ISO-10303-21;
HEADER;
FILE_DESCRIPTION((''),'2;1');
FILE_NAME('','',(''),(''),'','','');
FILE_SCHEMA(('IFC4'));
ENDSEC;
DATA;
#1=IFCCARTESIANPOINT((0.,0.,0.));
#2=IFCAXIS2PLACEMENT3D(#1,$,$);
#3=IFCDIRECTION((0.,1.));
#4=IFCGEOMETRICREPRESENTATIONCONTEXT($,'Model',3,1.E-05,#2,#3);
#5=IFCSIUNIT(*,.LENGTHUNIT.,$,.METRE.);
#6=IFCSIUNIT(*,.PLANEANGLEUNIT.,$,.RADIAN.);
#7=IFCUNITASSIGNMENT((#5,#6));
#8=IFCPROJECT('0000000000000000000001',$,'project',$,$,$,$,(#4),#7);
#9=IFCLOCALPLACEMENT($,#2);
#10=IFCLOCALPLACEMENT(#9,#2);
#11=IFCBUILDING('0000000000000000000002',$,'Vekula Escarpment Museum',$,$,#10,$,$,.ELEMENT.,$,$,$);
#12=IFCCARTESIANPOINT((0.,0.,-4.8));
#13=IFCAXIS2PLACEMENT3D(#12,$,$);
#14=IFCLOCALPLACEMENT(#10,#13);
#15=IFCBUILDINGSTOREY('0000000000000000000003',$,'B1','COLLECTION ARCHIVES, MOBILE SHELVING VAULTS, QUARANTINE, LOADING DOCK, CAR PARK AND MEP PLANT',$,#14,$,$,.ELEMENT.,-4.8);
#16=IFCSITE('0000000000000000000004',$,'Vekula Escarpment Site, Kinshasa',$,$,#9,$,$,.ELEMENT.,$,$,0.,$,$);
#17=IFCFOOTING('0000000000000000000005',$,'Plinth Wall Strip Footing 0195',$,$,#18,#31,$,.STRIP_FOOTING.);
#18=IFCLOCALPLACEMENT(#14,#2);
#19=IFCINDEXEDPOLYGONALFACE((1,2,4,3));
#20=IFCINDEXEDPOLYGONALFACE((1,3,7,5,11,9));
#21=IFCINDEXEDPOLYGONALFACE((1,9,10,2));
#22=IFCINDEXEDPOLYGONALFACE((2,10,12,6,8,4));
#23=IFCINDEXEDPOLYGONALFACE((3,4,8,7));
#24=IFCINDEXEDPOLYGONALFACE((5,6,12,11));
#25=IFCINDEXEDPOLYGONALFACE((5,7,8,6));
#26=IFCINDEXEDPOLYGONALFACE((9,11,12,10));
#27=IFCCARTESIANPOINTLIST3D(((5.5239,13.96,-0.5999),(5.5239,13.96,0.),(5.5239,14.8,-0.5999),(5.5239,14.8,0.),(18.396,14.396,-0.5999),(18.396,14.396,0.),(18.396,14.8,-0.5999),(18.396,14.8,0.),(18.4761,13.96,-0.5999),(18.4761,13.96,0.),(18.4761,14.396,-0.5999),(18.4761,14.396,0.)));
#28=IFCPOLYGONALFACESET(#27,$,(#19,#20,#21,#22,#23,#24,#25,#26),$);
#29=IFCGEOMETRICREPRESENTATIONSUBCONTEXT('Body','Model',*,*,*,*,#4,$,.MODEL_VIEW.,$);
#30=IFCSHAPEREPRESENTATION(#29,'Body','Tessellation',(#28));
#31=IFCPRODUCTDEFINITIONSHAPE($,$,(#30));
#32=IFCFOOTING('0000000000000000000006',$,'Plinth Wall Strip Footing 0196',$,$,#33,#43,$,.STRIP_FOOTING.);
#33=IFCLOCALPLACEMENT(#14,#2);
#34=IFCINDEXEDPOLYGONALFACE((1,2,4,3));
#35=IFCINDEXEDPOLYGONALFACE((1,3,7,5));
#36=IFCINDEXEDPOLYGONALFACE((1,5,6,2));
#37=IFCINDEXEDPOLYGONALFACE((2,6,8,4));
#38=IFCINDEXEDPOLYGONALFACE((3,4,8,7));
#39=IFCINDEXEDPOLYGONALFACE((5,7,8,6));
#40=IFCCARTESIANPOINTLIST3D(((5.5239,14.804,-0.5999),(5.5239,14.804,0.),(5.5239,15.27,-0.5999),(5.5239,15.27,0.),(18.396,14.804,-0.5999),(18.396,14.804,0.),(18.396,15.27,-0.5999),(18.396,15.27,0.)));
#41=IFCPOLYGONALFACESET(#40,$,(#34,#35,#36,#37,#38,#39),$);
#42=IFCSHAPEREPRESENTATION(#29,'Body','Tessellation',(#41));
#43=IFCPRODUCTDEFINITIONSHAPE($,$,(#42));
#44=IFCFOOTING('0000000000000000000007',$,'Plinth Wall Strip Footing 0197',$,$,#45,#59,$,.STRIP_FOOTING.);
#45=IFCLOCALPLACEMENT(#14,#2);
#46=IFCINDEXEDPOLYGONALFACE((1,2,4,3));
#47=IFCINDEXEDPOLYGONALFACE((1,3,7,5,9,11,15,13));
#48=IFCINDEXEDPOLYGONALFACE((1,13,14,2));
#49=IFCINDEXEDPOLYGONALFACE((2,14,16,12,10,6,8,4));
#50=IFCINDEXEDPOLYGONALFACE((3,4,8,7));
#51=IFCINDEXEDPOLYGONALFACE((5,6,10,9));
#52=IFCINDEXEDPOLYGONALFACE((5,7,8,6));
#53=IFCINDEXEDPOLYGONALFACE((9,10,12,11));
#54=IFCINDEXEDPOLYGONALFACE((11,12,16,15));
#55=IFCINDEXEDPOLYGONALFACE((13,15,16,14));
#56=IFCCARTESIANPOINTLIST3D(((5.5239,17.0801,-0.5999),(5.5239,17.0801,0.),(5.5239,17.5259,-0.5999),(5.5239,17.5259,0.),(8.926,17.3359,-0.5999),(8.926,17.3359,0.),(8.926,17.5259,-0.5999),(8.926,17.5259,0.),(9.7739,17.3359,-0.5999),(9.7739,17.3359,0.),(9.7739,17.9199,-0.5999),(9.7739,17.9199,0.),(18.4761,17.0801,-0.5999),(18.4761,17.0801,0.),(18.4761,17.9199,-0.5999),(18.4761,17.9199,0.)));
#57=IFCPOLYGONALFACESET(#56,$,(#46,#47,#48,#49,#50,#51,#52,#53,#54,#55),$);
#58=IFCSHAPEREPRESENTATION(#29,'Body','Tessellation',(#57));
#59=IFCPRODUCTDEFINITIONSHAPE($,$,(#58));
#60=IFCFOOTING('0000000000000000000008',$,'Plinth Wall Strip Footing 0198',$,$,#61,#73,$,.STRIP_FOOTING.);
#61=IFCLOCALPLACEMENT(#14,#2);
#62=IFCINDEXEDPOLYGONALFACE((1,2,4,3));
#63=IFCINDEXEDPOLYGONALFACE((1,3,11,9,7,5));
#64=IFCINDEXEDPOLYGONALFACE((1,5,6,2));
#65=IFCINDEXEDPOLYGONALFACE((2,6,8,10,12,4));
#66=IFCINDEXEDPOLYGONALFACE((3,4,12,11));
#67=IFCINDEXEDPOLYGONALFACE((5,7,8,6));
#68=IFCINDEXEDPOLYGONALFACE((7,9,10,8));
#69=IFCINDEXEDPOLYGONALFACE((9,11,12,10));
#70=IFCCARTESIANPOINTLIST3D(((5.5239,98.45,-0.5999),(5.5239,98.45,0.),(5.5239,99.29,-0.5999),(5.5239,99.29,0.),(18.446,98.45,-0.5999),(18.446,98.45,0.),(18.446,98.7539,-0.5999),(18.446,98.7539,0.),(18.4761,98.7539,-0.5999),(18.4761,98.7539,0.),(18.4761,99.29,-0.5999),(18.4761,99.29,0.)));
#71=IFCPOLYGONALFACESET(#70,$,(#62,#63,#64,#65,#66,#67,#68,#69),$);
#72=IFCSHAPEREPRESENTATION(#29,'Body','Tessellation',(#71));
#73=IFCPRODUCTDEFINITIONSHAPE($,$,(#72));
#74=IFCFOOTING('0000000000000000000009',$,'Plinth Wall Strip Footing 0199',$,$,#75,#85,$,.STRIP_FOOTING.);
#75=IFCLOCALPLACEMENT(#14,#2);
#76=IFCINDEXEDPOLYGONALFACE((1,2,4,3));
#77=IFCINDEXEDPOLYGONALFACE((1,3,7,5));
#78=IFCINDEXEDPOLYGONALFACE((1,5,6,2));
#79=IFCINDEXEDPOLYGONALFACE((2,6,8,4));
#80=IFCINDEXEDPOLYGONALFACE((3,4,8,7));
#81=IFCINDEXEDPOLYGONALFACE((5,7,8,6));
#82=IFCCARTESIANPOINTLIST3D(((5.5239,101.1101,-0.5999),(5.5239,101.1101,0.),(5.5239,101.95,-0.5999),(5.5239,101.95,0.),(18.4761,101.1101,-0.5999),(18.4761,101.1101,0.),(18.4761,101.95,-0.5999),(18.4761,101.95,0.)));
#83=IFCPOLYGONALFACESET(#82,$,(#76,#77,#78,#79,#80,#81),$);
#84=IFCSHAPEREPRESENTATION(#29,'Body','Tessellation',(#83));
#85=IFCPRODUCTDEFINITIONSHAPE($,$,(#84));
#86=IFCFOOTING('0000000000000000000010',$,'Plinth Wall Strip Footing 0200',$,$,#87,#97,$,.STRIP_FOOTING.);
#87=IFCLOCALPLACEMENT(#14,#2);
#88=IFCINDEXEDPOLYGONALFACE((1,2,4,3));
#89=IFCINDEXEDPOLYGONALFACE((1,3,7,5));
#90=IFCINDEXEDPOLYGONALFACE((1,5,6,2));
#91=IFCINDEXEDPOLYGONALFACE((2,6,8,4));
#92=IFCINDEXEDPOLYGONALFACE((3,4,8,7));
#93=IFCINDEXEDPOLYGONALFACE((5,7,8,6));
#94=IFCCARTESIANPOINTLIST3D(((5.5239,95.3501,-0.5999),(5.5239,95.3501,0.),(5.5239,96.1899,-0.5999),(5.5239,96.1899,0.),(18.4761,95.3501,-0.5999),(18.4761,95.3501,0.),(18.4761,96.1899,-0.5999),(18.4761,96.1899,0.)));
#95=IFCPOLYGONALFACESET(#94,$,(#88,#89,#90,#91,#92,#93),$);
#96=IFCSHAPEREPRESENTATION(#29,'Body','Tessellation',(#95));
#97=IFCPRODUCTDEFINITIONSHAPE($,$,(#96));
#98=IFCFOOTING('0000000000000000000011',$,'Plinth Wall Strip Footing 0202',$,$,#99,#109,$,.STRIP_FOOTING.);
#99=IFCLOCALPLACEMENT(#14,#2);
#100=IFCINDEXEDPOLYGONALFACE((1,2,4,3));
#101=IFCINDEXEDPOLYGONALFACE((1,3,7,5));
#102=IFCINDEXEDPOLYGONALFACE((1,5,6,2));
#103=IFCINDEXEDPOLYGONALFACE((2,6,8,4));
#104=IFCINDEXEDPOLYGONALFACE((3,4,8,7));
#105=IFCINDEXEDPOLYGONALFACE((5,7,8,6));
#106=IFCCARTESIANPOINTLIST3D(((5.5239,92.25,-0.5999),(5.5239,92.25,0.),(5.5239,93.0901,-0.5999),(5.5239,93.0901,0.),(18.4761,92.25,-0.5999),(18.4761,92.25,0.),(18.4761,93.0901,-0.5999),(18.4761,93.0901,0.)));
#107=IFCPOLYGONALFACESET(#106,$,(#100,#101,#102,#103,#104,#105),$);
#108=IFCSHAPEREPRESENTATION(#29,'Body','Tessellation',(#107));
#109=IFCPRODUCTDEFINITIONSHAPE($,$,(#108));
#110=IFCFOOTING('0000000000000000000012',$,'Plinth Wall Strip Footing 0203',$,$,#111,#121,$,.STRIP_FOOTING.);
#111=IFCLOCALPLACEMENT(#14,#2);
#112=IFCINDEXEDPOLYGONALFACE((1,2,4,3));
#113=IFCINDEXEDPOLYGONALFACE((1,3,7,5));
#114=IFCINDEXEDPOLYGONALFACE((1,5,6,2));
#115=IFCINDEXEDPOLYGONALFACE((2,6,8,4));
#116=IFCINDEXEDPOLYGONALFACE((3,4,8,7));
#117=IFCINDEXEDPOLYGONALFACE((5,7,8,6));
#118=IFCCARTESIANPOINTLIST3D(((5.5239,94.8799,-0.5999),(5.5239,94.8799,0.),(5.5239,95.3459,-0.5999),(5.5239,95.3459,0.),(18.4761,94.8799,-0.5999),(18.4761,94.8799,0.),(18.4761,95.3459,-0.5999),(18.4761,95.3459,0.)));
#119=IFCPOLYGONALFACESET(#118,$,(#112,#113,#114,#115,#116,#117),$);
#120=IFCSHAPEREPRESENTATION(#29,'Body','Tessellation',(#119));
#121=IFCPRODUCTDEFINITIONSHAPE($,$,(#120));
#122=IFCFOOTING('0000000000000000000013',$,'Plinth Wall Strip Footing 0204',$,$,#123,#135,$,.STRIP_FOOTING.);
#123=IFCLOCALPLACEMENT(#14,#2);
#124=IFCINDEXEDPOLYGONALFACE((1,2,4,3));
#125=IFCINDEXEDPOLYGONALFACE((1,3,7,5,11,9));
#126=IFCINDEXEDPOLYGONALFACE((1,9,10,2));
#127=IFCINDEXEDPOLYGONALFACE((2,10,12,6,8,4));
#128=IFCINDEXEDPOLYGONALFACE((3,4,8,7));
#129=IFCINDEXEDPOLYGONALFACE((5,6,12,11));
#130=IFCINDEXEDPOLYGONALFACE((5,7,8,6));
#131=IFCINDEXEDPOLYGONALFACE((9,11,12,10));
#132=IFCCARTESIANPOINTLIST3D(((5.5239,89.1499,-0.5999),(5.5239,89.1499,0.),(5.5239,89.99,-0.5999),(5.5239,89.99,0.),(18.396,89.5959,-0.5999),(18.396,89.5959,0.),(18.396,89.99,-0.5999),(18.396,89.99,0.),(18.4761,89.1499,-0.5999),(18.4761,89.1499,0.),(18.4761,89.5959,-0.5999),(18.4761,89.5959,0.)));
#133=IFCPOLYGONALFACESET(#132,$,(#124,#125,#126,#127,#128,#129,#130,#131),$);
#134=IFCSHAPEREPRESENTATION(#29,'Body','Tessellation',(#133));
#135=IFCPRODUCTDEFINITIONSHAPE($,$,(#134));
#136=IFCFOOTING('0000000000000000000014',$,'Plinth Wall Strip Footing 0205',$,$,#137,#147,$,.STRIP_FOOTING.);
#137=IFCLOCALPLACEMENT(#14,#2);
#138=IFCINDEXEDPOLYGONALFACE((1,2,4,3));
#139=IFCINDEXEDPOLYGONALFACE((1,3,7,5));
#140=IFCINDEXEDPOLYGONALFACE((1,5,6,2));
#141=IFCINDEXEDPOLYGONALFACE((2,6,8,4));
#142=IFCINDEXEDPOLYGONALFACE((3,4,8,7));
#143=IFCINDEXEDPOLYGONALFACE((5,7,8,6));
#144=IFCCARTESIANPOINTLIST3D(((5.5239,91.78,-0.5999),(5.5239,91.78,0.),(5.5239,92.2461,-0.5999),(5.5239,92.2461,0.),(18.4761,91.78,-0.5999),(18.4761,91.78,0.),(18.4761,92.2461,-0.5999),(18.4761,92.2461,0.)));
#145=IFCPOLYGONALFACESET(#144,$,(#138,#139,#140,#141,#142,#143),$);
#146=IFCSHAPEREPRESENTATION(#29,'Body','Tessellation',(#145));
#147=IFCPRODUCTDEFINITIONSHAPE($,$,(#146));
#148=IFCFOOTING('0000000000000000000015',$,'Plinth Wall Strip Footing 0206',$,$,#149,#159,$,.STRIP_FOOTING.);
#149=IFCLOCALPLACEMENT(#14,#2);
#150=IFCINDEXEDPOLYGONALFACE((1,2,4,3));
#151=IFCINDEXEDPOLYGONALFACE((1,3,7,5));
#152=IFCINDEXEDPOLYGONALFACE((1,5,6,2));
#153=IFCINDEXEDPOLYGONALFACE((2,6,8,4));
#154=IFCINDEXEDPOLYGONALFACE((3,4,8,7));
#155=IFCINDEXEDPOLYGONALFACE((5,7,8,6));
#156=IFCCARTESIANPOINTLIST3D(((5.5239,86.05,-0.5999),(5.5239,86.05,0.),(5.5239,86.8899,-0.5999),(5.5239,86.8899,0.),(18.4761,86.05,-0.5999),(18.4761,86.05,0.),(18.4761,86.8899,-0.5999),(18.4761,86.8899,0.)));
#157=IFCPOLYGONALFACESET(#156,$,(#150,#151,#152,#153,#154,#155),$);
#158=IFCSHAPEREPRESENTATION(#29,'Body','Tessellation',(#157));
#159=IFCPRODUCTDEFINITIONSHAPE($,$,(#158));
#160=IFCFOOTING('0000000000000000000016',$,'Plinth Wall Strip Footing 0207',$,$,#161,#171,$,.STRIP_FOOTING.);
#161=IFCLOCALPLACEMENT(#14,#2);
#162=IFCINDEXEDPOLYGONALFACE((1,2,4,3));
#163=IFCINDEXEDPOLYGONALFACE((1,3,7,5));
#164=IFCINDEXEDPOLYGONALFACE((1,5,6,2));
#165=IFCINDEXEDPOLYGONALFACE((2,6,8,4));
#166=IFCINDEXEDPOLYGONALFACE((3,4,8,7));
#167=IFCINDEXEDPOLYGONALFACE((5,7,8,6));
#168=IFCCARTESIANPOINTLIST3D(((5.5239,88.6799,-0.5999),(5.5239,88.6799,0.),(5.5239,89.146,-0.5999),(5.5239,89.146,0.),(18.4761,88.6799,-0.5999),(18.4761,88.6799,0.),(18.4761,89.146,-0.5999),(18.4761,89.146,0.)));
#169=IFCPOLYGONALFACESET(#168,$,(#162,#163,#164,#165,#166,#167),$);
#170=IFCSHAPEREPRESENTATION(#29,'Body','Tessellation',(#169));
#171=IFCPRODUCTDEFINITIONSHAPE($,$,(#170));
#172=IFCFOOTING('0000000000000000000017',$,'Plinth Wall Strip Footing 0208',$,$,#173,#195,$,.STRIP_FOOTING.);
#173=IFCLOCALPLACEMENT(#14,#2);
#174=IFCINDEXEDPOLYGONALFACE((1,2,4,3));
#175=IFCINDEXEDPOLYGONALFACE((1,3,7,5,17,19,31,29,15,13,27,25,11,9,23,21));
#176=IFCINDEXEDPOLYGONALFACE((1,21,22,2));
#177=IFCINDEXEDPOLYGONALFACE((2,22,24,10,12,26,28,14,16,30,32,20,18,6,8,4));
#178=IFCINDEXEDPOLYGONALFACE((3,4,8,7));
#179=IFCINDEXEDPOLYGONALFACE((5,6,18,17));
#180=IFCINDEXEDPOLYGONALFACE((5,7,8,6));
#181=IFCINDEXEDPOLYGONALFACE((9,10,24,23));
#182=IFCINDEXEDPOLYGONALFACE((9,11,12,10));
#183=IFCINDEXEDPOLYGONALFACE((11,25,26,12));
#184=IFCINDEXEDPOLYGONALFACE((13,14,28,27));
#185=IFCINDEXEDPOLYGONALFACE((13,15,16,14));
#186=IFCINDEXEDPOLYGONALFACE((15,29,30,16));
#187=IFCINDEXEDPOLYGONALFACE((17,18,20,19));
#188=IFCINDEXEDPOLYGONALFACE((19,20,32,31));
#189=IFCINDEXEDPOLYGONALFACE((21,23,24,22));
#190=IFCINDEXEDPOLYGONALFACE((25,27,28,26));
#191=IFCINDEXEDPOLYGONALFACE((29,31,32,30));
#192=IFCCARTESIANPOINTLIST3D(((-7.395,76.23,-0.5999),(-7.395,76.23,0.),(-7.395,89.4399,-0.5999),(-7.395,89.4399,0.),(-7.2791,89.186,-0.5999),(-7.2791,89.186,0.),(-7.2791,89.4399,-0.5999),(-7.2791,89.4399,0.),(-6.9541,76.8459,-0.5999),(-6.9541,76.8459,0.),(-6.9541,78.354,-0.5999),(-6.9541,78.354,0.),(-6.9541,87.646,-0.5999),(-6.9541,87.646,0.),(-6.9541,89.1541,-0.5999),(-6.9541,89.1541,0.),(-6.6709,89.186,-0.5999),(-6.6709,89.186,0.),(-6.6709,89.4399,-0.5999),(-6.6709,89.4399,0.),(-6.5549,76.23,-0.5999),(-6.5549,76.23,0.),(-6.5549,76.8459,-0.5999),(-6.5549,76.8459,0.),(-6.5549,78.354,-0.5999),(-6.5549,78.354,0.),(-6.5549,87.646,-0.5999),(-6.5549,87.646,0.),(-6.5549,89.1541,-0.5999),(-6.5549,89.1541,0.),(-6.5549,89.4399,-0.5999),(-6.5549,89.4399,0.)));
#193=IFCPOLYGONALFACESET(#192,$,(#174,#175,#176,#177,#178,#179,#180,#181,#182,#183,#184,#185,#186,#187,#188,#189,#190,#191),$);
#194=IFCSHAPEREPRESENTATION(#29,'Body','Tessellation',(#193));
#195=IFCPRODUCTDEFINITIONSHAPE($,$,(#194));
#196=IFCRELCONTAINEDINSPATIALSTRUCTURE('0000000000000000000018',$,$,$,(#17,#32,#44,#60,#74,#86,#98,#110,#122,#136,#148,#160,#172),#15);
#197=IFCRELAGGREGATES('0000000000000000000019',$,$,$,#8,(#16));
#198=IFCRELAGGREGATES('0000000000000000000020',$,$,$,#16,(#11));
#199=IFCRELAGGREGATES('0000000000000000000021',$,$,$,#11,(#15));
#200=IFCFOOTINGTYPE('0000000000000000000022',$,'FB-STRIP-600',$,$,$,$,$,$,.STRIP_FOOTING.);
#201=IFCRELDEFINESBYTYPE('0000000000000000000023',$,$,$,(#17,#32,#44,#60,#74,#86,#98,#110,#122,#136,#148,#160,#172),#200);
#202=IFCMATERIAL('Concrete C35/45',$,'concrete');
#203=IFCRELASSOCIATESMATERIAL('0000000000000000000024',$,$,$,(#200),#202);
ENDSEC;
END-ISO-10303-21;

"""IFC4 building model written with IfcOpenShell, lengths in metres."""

from ifc_helpers import new_model, si_unit, direction, frame, origin, place, context, subcontext, project, spatial, polyline, outline, extrude, material, type_object, element, save


model = new_model("IFC4")

# Units and contexts
model_context = context("Model", 3, precision=1e-05, world=origin(), true_north=direction((0.0, 1.0)))
body_context = subcontext(model_context, "Body", "Model", "MODEL_VIEW")
ifc_project = project(units=[si_unit("LENGTHUNIT", "METRE"), si_unit("PLANEANGLEUNIT", "RADIAN")], contexts=[model_context])

# Site, building, storey
site_placement = place(None, origin())
site = spatial("IfcSite", under=ifc_project, at=site_placement, Name="Vekula Escarpment Site, Kinshasa", CompositionType="ELEMENT", RefElevation=0.0)
building_placement = place(site_placement, origin())
building = spatial("IfcBuilding", under=site, at=building_placement, Name="Vekula Escarpment Museum", CompositionType="ELEMENT")
storey_placement = place(building_placement, frame((0.0, 0.0, -4.8)))
storey = spatial("IfcBuildingStorey", under=building, at=storey_placement, Name="B1", Description="COLLECTION ARCHIVES, MOBILE SHELVING VAULTS, QUARANTINE, LOADING DOCK, CAR PARK AND MEP PLANT", CompositionType="ELEMENT", Elevation=-4.8)

# Footings
ifc_material = material(Name="Concrete C35/45", Category="concrete")
footing_type = type_object("IfcFootingType", Name="FB-STRIP-600", PredefinedType="STRIP_FOOTING", material=ifc_material)
footing_1_placement = place(storey_placement, frame((0.0, 0.0, -0.5999)))
element("IfcFooting", 1, at=footing_1_placement, inside=storey, type_object=footing_type, Name="Plinth Wall Strip Footing 0195", PredefinedType="STRIP_FOOTING", context=body_context, shape_type="SweptSolid", body=[
    extrude(outline(polyline([(5.5239, 13.96), (5.5239, 14.8), (18.396, 14.8), (18.396, 14.396), (18.4761, 14.396), (18.4761, 13.96), (5.5239, 13.96)])), origin(), (0.0, 0.0, 1.0), 0.5999),
])
footing_2_placement = place(storey_placement, frame((0.0, 0.0, -0.5999)))
element("IfcFooting", 2, at=footing_2_placement, inside=storey, type_object=footing_type, Name="Plinth Wall Strip Footing 0196", PredefinedType="STRIP_FOOTING", context=body_context, shape_type="SweptSolid", body=[
    extrude(outline(polyline([(18.396, 15.27), (18.396, 14.804), (5.5239, 14.804), (5.5239, 15.27), (18.396, 15.27)])), origin(), (0.0, 0.0, 1.0), 0.5999),
])
footing_3_placement = place(storey_placement, frame((0.0, 0.0, -0.5999)))
element("IfcFooting", 3, at=footing_3_placement, inside=storey, type_object=footing_type, Name="Plinth Wall Strip Footing 0197", PredefinedType="STRIP_FOOTING", context=body_context, shape_type="SweptSolid", body=[
    extrude(outline(polyline([(5.5239, 17.0801), (5.5239, 17.5259), (8.926, 17.5259), (8.926, 17.3359), (9.7739, 17.3359), (9.7739, 17.9199), (18.4761, 17.9199), (18.4761, 17.0801), (5.5239, 17.0801)])), origin(), (0.0, 0.0, 1.0), 0.5999),
])
footing_4_placement = place(storey_placement, frame((0.0, 0.0, -0.5999)))
element("IfcFooting", 4, at=footing_4_placement, inside=storey, type_object=footing_type, Name="Plinth Wall Strip Footing 0198", PredefinedType="STRIP_FOOTING", context=body_context, shape_type="SweptSolid", body=[
    extrude(outline(polyline([(5.5239, 98.45), (5.5239, 99.29), (18.4761, 99.29), (18.4761, 98.7539), (18.446, 98.7539), (18.446, 98.45), (5.5239, 98.45)])), origin(), (0.0, 0.0, 1.0), 0.5999),
])
footing_5_placement = place(storey_placement, frame((0.0, 0.0, -0.5999)))
element("IfcFooting", 5, at=footing_5_placement, inside=storey, type_object=footing_type, Name="Plinth Wall Strip Footing 0199", PredefinedType="STRIP_FOOTING", context=body_context, shape_type="SweptSolid", body=[
    extrude(outline(polyline([(5.5239, 101.1101), (5.5239, 101.95), (18.4761, 101.95), (18.4761, 101.1101), (5.5239, 101.1101)])), origin(), (0.0, 0.0, 1.0), 0.5999),
])
footing_6_placement = place(storey_placement, frame((0.0, 0.0, -0.5999)))
element("IfcFooting", 6, at=footing_6_placement, inside=storey, type_object=footing_type, Name="Plinth Wall Strip Footing 0200", PredefinedType="STRIP_FOOTING", context=body_context, shape_type="SweptSolid", body=[
    extrude(outline(polyline([(5.5239, 95.3501), (5.5239, 96.1899), (18.4761, 96.1899), (18.4761, 95.3501), (5.5239, 95.3501)])), origin(), (0.0, 0.0, 1.0), 0.5999),
])
footing_7_placement = place(storey_placement, frame((0.0, 0.0, -0.5999)))
element("IfcFooting", 7, at=footing_7_placement, inside=storey, type_object=footing_type, Name="Plinth Wall Strip Footing 0202", PredefinedType="STRIP_FOOTING", context=body_context, shape_type="SweptSolid", body=[
    extrude(outline(polyline([(5.5239, 92.25), (5.5239, 93.0901), (18.4761, 93.0901), (18.4761, 92.25), (5.5239, 92.25)])), origin(), (0.0, 0.0, 1.0), 0.5999),
])
footing_8_placement = place(storey_placement, frame((0.0, 0.0, -0.5999)))
element("IfcFooting", 8, at=footing_8_placement, inside=storey, type_object=footing_type, Name="Plinth Wall Strip Footing 0203", PredefinedType="STRIP_FOOTING", context=body_context, shape_type="SweptSolid", body=[
    extrude(outline(polyline([(5.5239, 94.8799), (5.5239, 95.3459), (18.4761, 95.3459), (18.4761, 94.8799), (5.5239, 94.8799)])), origin(), (0.0, 0.0, 1.0), 0.5999),
])
footing_9_placement = place(storey_placement, frame((0.0, 0.0, -0.5999)))
element("IfcFooting", 9, at=footing_9_placement, inside=storey, type_object=footing_type, Name="Plinth Wall Strip Footing 0204", PredefinedType="STRIP_FOOTING", context=body_context, shape_type="SweptSolid", body=[
    extrude(outline(polyline([(5.5239, 89.1499), (5.5239, 89.99), (18.396, 89.99), (18.396, 89.5959), (18.4761, 89.5959), (18.4761, 89.1499), (5.5239, 89.1499)])), origin(), (0.0, 0.0, 1.0), 0.5999),
])
footing_10_placement = place(storey_placement, frame((0.0, 0.0, -0.5999)))
element("IfcFooting", 10, at=footing_10_placement, inside=storey, type_object=footing_type, Name="Plinth Wall Strip Footing 0205", PredefinedType="STRIP_FOOTING", context=body_context, shape_type="SweptSolid", body=[
    extrude(outline(polyline([(5.5239, 91.78), (5.5239, 92.2461), (18.4761, 92.2461), (18.4761, 91.78), (5.5239, 91.78)])), origin(), (0.0, 0.0, 1.0), 0.5999),
])
footing_11_placement = place(storey_placement, frame((0.0, 0.0, -0.5999)))
element("IfcFooting", 11, at=footing_11_placement, inside=storey, type_object=footing_type, Name="Plinth Wall Strip Footing 0206", PredefinedType="STRIP_FOOTING", context=body_context, shape_type="SweptSolid", body=[
    extrude(outline(polyline([(5.5239, 86.05), (5.5239, 86.8899), (18.4761, 86.8899), (18.4761, 86.05), (5.5239, 86.05)])), origin(), (0.0, 0.0, 1.0), 0.5999),
])
footing_12_placement = place(storey_placement, frame((0.0, 0.0, -0.5999)))
element("IfcFooting", 12, at=footing_12_placement, inside=storey, type_object=footing_type, Name="Plinth Wall Strip Footing 0207", PredefinedType="STRIP_FOOTING", context=body_context, shape_type="SweptSolid", body=[
    extrude(outline(polyline([(5.5239, 88.6799), (5.5239, 89.146), (18.4761, 89.146), (18.4761, 88.6799), (5.5239, 88.6799)])), origin(), (0.0, 0.0, 1.0), 0.5999),
])
footing_13_placement = place(storey_placement, frame((0.0, 0.0, -0.5999)))
element("IfcFooting", 13, at=footing_13_placement, inside=storey, type_object=footing_type, Name="Plinth Wall Strip Footing 0208", PredefinedType="STRIP_FOOTING", context=body_context, shape_type="SweptSolid", body=[
    extrude(outline(polyline([(-6.5549, 76.23), (-7.395, 76.23), (-7.395, 89.4399), (-7.2791, 89.4399), (-7.2791, 89.186), (-6.6709, 89.186), (-6.6709, 89.4399), (-6.5549, 89.4399), (-6.5549, 89.1541), (-6.9541, 89.1541), (-6.9541, 87.646), (-6.5549, 87.646), (-6.5549, 78.354), (-6.9541, 78.354), (-6.9541, 76.8459), (-6.5549, 76.8459), (-6.5549, 76.23)])), origin(), (0.0, 0.0, 1.0), 0.5999),
])

save(model, "model.ifc")
